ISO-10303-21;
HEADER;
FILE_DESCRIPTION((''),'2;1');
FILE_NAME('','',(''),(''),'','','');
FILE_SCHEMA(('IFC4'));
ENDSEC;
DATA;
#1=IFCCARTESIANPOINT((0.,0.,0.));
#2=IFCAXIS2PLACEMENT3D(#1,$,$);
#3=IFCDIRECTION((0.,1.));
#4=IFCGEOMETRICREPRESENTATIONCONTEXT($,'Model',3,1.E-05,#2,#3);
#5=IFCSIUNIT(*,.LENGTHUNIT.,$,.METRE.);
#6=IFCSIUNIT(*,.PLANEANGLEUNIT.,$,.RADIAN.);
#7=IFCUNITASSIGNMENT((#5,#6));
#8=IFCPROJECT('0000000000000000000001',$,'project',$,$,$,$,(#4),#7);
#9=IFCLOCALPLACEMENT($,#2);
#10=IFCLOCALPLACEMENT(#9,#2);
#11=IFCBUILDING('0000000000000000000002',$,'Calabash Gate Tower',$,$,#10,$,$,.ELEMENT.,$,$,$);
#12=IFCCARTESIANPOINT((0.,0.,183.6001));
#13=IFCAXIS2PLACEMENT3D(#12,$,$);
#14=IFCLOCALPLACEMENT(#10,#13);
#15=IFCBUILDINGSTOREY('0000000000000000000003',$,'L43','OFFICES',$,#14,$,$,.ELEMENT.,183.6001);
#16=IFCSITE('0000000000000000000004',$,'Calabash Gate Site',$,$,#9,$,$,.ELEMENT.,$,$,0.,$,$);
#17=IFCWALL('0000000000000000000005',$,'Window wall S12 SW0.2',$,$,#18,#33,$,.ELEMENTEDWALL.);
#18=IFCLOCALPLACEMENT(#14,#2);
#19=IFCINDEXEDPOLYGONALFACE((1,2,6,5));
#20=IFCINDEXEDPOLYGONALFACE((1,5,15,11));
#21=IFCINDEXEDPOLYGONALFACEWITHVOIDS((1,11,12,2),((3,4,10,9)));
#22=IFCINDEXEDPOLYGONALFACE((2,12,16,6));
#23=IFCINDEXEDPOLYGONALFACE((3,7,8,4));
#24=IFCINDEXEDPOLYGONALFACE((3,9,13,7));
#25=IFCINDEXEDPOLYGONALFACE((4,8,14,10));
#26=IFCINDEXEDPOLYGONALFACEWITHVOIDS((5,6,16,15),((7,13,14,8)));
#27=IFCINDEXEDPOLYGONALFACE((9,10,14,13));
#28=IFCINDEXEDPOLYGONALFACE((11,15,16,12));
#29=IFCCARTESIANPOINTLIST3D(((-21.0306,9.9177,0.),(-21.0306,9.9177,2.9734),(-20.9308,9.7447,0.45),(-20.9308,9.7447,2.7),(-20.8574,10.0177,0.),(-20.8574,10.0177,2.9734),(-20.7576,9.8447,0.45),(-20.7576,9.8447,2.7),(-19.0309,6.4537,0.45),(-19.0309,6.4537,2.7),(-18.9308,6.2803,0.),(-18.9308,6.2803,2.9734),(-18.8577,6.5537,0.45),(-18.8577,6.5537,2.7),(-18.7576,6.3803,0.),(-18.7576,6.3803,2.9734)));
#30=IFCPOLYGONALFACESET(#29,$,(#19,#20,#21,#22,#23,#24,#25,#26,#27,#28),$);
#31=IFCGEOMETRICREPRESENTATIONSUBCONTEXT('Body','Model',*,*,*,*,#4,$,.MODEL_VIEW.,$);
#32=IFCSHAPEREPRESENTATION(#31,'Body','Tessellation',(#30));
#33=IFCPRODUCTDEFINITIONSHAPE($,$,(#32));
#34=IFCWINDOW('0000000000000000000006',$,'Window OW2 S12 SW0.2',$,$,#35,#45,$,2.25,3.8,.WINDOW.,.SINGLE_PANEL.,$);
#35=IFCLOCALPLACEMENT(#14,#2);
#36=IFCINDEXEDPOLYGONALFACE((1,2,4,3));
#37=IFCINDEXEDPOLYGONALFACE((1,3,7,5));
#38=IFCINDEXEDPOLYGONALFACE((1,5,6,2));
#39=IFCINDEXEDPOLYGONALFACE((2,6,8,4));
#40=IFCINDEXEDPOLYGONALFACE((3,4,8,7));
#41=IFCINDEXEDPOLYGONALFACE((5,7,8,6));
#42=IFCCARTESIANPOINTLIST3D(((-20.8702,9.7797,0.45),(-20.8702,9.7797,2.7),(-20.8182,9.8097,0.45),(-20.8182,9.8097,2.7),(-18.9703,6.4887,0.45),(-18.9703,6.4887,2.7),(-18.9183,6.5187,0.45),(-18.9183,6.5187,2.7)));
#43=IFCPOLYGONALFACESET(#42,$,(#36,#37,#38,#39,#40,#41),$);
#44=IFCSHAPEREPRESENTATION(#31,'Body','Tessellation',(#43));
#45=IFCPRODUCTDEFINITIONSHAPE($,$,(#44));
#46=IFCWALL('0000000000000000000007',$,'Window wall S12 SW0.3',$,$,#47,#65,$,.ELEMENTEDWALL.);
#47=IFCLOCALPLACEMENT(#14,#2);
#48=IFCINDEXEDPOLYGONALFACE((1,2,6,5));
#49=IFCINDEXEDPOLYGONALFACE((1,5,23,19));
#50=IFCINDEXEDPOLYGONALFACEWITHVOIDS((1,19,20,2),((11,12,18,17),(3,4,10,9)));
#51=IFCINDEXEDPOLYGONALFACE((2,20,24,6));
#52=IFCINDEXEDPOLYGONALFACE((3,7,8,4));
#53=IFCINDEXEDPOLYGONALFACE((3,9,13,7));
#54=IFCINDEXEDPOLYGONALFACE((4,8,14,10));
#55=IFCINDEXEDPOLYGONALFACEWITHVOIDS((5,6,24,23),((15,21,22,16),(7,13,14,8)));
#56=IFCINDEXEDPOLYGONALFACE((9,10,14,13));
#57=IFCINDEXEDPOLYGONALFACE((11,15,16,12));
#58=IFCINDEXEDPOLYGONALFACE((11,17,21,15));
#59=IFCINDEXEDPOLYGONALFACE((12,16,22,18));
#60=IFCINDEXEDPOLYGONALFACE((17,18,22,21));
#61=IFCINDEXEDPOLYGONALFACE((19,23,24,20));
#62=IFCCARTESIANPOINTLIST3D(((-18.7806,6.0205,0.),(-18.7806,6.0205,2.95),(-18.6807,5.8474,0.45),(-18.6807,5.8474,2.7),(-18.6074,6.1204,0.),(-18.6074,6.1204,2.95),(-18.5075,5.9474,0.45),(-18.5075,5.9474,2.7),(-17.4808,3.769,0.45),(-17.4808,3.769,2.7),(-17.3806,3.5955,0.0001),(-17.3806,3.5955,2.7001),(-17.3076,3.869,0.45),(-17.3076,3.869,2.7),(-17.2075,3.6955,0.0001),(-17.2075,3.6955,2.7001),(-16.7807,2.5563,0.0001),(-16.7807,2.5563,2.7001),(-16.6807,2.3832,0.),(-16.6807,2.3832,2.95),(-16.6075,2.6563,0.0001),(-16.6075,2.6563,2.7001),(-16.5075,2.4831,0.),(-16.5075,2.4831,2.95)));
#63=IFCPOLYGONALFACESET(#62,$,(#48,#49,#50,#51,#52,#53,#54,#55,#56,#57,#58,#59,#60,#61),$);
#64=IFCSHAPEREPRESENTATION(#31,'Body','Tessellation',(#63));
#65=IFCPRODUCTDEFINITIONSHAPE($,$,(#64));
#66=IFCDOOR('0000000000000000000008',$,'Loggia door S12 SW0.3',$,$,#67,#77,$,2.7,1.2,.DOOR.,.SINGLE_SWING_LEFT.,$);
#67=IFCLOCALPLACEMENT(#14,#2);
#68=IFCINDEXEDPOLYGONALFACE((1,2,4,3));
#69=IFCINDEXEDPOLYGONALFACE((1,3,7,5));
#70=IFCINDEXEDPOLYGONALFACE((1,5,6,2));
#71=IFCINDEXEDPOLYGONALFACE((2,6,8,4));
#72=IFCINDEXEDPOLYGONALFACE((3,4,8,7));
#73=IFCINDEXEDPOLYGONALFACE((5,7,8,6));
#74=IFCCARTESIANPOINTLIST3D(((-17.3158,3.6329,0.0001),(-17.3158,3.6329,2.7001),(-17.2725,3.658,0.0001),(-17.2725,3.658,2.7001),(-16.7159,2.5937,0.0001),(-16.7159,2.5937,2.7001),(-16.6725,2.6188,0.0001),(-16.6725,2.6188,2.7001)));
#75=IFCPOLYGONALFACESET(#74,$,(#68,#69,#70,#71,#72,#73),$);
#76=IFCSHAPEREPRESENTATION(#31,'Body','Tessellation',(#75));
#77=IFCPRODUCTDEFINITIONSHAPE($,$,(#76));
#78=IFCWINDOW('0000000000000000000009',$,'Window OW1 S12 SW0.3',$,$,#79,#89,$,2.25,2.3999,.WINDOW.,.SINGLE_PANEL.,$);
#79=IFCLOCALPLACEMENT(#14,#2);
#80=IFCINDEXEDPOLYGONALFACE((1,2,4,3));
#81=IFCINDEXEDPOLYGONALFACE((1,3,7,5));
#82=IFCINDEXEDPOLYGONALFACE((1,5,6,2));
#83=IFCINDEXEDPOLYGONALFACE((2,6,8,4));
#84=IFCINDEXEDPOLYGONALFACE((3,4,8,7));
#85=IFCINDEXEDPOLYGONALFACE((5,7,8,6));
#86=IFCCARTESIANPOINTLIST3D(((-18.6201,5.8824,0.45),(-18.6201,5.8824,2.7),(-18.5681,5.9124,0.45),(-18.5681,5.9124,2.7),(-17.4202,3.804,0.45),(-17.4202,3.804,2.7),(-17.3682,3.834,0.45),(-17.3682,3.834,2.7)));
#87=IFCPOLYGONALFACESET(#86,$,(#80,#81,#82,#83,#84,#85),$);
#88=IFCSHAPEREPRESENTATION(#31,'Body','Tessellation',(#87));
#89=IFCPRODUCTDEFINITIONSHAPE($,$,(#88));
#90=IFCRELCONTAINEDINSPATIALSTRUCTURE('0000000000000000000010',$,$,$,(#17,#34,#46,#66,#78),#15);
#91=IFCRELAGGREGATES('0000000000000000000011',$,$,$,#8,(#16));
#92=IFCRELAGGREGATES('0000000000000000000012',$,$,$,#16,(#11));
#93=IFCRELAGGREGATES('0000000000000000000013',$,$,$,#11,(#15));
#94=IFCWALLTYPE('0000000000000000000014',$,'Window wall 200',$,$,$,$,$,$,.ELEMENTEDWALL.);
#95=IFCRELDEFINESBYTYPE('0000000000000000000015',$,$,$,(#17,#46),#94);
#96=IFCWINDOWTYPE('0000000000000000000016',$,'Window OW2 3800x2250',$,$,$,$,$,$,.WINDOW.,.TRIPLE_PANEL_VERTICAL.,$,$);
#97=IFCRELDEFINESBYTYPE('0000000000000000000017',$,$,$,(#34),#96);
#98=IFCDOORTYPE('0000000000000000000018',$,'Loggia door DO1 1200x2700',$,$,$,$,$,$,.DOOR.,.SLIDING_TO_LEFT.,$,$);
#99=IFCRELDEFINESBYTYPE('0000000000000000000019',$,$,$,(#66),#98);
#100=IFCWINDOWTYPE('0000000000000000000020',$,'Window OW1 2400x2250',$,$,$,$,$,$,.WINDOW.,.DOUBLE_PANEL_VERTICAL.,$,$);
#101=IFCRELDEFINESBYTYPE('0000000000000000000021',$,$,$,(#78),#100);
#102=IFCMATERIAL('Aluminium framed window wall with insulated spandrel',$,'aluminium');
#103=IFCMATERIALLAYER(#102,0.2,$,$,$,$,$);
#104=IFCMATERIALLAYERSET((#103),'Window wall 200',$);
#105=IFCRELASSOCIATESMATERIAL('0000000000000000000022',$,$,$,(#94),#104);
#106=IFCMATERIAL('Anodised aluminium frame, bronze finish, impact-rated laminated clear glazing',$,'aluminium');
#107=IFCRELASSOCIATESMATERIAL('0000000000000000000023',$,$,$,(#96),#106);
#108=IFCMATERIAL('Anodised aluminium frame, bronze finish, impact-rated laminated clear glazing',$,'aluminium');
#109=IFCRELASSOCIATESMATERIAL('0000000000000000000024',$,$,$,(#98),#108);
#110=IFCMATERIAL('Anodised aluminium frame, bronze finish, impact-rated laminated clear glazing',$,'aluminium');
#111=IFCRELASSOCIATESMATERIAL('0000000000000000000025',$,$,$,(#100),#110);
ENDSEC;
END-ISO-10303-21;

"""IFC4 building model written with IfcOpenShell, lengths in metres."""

from ifc_helpers import new_model, si_unit, direction, frame, frame_2d, origin, place, context, subcontext, project, spatial, rectangle, extrude, material, layer, layer_set, type_object, element, fill, save


model = new_model("IFC4")

# Units and contexts
model_context = context("Model", 3, precision=1e-05, world=origin(), true_north=direction((0.0, 1.0)))
body_context = subcontext(model_context, "Body", "Model", "MODEL_VIEW")
ifc_project = project(units=[si_unit("LENGTHUNIT", "METRE"), si_unit("PLANEANGLEUNIT", "RADIAN")], contexts=[model_context])

# Site, building, storey
site_placement = place(None, origin())
site = spatial("IfcSite", under=ifc_project, at=site_placement, Name="Calabash Gate Site", CompositionType="ELEMENT", RefElevation=0.0)
building_placement = place(site_placement, origin())
building = spatial("IfcBuilding", under=site, at=building_placement, Name="Calabash Gate Tower", CompositionType="ELEMENT")
storey_placement = place(building_placement, frame((0.0, 0.0, 183.6001)))
storey = spatial("IfcBuildingStorey", under=building, at=storey_placement, Name="L43", Description="OFFICES", CompositionType="ELEMENT", Elevation=183.6001)

# Wall, opening, window
ifc_material_1 = material(Name="Aluminium framed window wall with insulated spandrel", Category="aluminium")
ifc_layer_1 = layer(ifc_material_1, 0.2)
ifc_layer_set_1 = layer_set([ifc_layer_1], Name="Window wall 200")
wall_type_1 = type_object("IfcWallType", Name="Window wall 200", PredefinedType="ELEMENTEDWALL", material=ifc_layer_set_1)
wall_1_placement = place(storey_placement, frame((-20.9441, 9.9678, 0.0), z_axis=(0.0, 0.0, 1.0), x_axis=(0.499959, -0.866049, 0.0)))
wall_1 = element("IfcWall", 1, at=wall_1_placement, inside=storey, type_object=wall_type_1, Name="Window wall S12 SW0.2", PredefinedType="ELEMENTEDWALL", context=body_context, shape_type="SweptSolid", body=[
    extrude(rectangle(XDim=4.2, YDim=0.2, at=frame_2d((2.1001, 0.0))), origin(), (0.0, 0.0, 1.0), 2.9734),
])
opening_1_placement = place(wall_1_placement, frame((0.2, 0.0, 0.45)))
opening_1 = element("IfcOpeningElement", 2, at=opening_1_placement, cuts=wall_1, PredefinedType="OPENING", context=body_context, shape_type="SweptSolid", body=[
    extrude(rectangle(XDim=3.8, YDim=2.25, at=frame_2d((1.8999, 1.125))), frame((0.0, 0.1099, 0.0), z_axis=(0.0, -1.0, 0.0), x_axis=(1.0, 0.0, 0.0)), (0.0, 0.0, 1.0), 0.22),
])
ifc_material_2 = material(Name="Anodised aluminium frame, bronze finish, impact-rated laminated clear glazing", Category="aluminium")
window_type_1 = type_object("IfcWindowType", Name="Window OW2 3800x2250", PartitioningType="TRIPLE_PANEL_VERTICAL", PredefinedType="WINDOW", material=ifc_material_2)
window_1_placement = place(opening_1_placement, origin())
window_1 = element("IfcWindow", 3, at=window_1_placement, inside=storey, type_object=window_type_1, Name="Window OW2 S12 SW0.2", OverallHeight=2.25, OverallWidth=3.8, PartitioningType="SINGLE_PANEL", PredefinedType="WINDOW", context=body_context, shape_type="SweptSolid", body=[
    extrude(rectangle(XDim=3.8, YDim=2.25, at=frame_2d((1.8999, 1.125))), frame((0.0, 0.03, 0.0), z_axis=(0.0, -1.0, 0.0), x_axis=(1.0, 0.0, 0.0)), (0.0, 0.0, 1.0), 0.0601),
])
fill(opening_1, window_1)

# Wall, openings, door, window
wall_2_placement = place(storey_placement, frame((-18.6941, 6.0706, 0.0), z_axis=(0.0, 0.0, 1.0), x_axis=(0.499984, -0.866035, 0.0)))
wall_2 = element("IfcWall", 4, at=wall_2_placement, inside=storey, type_object=wall_type_1, Name="Window wall S12 SW0.3", PredefinedType="ELEMENTEDWALL", context=body_context, shape_type="SweptSolid", body=[
    extrude(rectangle(XDim=4.2, YDim=0.2, at=frame_2d((2.1001, 0.0))), origin(), (0.0, 0.0, 1.0), 2.95),
])
opening_2_placement = place(wall_2_placement, frame((0.2, 0.0, 0.45)))
opening_2 = element("IfcOpeningElement", 5, at=opening_2_placement, cuts=wall_2, PredefinedType="OPENING", context=body_context, shape_type="SweptSolid", body=[
    extrude(rectangle(XDim=2.3999, YDim=2.25, at=frame_2d((1.2, 1.125))), frame((0.0, 0.1099, 0.0), z_axis=(0.0, -1.0, 0.0), x_axis=(1.0, 0.0, 0.0)), (0.0, 0.0, 1.0), 0.22),
])
opening_3_placement = place(wall_2_placement, frame((2.8, 0.0, 0.0)))
opening_3 = element("IfcOpeningElement", 6, at=opening_3_placement, cuts=wall_2, PredefinedType="OPENING", context=body_context, shape_type="SweptSolid", body=[
    extrude(rectangle(XDim=1.2, YDim=2.7, at=frame_2d((0.6001, 1.3501))), frame((0.0, 0.1099, 0.0), z_axis=(0.0, -1.0, 0.0), x_axis=(1.0, 0.0, 0.0)), (0.0, 0.0, 1.0), 0.22),
])
ifc_material_3 = material(Name="Anodised aluminium frame, bronze finish, impact-rated laminated clear glazing", Category="aluminium")
door_type_1 = type_object("IfcDoorType", Name="Loggia door DO1 1200x2700", OperationType="SLIDING_TO_LEFT", PredefinedType="DOOR", material=ifc_material_3)
door_1_placement = place(opening_3_placement, origin())
door_1 = element("IfcDoor", 7, at=door_1_placement, inside=storey, type_object=door_type_1, Name="Loggia door S12 SW0.3", OperationType="SINGLE_SWING_LEFT", OverallHeight=2.7, OverallWidth=1.2, PredefinedType="DOOR", context=body_context, shape_type="SweptSolid", body=[
    extrude(rectangle(XDim=1.2, YDim=2.7, at=frame_2d((0.6001, 1.3501))), frame((0.0, 0.0249, 0.0), z_axis=(0.0, -1.0, 0.0), x_axis=(1.0, 0.0, 0.0)), (0.0, 0.0, 1.0), 0.05),
])
fill(opening_3, door_1)
ifc_material_4 = material(Name="Anodised aluminium frame, bronze finish, impact-rated laminated clear glazing", Category="aluminium")
window_type_2 = type_object("IfcWindowType", Name="Window OW1 2400x2250", PartitioningType="DOUBLE_PANEL_VERTICAL", PredefinedType="WINDOW", material=ifc_material_4)
window_2_placement = place(opening_2_placement, origin())
window_2 = element("IfcWindow", 8, at=window_2_placement, inside=storey, type_object=window_type_2, Name="Window OW1 S12 SW0.3", OverallHeight=2.25, OverallWidth=2.3999, PartitioningType="SINGLE_PANEL", PredefinedType="WINDOW", context=body_context, shape_type="SweptSolid", body=[
    extrude(rectangle(XDim=2.3999, YDim=2.25, at=frame_2d((1.2, 1.125))), frame((0.0, 0.03, 0.0), z_axis=(0.0, -1.0, 0.0), x_axis=(1.0, 0.0, 0.0)), (0.0, 0.0, 1.0), 0.0601),
])
fill(opening_2, window_2)

save(model, "model.ifc")
